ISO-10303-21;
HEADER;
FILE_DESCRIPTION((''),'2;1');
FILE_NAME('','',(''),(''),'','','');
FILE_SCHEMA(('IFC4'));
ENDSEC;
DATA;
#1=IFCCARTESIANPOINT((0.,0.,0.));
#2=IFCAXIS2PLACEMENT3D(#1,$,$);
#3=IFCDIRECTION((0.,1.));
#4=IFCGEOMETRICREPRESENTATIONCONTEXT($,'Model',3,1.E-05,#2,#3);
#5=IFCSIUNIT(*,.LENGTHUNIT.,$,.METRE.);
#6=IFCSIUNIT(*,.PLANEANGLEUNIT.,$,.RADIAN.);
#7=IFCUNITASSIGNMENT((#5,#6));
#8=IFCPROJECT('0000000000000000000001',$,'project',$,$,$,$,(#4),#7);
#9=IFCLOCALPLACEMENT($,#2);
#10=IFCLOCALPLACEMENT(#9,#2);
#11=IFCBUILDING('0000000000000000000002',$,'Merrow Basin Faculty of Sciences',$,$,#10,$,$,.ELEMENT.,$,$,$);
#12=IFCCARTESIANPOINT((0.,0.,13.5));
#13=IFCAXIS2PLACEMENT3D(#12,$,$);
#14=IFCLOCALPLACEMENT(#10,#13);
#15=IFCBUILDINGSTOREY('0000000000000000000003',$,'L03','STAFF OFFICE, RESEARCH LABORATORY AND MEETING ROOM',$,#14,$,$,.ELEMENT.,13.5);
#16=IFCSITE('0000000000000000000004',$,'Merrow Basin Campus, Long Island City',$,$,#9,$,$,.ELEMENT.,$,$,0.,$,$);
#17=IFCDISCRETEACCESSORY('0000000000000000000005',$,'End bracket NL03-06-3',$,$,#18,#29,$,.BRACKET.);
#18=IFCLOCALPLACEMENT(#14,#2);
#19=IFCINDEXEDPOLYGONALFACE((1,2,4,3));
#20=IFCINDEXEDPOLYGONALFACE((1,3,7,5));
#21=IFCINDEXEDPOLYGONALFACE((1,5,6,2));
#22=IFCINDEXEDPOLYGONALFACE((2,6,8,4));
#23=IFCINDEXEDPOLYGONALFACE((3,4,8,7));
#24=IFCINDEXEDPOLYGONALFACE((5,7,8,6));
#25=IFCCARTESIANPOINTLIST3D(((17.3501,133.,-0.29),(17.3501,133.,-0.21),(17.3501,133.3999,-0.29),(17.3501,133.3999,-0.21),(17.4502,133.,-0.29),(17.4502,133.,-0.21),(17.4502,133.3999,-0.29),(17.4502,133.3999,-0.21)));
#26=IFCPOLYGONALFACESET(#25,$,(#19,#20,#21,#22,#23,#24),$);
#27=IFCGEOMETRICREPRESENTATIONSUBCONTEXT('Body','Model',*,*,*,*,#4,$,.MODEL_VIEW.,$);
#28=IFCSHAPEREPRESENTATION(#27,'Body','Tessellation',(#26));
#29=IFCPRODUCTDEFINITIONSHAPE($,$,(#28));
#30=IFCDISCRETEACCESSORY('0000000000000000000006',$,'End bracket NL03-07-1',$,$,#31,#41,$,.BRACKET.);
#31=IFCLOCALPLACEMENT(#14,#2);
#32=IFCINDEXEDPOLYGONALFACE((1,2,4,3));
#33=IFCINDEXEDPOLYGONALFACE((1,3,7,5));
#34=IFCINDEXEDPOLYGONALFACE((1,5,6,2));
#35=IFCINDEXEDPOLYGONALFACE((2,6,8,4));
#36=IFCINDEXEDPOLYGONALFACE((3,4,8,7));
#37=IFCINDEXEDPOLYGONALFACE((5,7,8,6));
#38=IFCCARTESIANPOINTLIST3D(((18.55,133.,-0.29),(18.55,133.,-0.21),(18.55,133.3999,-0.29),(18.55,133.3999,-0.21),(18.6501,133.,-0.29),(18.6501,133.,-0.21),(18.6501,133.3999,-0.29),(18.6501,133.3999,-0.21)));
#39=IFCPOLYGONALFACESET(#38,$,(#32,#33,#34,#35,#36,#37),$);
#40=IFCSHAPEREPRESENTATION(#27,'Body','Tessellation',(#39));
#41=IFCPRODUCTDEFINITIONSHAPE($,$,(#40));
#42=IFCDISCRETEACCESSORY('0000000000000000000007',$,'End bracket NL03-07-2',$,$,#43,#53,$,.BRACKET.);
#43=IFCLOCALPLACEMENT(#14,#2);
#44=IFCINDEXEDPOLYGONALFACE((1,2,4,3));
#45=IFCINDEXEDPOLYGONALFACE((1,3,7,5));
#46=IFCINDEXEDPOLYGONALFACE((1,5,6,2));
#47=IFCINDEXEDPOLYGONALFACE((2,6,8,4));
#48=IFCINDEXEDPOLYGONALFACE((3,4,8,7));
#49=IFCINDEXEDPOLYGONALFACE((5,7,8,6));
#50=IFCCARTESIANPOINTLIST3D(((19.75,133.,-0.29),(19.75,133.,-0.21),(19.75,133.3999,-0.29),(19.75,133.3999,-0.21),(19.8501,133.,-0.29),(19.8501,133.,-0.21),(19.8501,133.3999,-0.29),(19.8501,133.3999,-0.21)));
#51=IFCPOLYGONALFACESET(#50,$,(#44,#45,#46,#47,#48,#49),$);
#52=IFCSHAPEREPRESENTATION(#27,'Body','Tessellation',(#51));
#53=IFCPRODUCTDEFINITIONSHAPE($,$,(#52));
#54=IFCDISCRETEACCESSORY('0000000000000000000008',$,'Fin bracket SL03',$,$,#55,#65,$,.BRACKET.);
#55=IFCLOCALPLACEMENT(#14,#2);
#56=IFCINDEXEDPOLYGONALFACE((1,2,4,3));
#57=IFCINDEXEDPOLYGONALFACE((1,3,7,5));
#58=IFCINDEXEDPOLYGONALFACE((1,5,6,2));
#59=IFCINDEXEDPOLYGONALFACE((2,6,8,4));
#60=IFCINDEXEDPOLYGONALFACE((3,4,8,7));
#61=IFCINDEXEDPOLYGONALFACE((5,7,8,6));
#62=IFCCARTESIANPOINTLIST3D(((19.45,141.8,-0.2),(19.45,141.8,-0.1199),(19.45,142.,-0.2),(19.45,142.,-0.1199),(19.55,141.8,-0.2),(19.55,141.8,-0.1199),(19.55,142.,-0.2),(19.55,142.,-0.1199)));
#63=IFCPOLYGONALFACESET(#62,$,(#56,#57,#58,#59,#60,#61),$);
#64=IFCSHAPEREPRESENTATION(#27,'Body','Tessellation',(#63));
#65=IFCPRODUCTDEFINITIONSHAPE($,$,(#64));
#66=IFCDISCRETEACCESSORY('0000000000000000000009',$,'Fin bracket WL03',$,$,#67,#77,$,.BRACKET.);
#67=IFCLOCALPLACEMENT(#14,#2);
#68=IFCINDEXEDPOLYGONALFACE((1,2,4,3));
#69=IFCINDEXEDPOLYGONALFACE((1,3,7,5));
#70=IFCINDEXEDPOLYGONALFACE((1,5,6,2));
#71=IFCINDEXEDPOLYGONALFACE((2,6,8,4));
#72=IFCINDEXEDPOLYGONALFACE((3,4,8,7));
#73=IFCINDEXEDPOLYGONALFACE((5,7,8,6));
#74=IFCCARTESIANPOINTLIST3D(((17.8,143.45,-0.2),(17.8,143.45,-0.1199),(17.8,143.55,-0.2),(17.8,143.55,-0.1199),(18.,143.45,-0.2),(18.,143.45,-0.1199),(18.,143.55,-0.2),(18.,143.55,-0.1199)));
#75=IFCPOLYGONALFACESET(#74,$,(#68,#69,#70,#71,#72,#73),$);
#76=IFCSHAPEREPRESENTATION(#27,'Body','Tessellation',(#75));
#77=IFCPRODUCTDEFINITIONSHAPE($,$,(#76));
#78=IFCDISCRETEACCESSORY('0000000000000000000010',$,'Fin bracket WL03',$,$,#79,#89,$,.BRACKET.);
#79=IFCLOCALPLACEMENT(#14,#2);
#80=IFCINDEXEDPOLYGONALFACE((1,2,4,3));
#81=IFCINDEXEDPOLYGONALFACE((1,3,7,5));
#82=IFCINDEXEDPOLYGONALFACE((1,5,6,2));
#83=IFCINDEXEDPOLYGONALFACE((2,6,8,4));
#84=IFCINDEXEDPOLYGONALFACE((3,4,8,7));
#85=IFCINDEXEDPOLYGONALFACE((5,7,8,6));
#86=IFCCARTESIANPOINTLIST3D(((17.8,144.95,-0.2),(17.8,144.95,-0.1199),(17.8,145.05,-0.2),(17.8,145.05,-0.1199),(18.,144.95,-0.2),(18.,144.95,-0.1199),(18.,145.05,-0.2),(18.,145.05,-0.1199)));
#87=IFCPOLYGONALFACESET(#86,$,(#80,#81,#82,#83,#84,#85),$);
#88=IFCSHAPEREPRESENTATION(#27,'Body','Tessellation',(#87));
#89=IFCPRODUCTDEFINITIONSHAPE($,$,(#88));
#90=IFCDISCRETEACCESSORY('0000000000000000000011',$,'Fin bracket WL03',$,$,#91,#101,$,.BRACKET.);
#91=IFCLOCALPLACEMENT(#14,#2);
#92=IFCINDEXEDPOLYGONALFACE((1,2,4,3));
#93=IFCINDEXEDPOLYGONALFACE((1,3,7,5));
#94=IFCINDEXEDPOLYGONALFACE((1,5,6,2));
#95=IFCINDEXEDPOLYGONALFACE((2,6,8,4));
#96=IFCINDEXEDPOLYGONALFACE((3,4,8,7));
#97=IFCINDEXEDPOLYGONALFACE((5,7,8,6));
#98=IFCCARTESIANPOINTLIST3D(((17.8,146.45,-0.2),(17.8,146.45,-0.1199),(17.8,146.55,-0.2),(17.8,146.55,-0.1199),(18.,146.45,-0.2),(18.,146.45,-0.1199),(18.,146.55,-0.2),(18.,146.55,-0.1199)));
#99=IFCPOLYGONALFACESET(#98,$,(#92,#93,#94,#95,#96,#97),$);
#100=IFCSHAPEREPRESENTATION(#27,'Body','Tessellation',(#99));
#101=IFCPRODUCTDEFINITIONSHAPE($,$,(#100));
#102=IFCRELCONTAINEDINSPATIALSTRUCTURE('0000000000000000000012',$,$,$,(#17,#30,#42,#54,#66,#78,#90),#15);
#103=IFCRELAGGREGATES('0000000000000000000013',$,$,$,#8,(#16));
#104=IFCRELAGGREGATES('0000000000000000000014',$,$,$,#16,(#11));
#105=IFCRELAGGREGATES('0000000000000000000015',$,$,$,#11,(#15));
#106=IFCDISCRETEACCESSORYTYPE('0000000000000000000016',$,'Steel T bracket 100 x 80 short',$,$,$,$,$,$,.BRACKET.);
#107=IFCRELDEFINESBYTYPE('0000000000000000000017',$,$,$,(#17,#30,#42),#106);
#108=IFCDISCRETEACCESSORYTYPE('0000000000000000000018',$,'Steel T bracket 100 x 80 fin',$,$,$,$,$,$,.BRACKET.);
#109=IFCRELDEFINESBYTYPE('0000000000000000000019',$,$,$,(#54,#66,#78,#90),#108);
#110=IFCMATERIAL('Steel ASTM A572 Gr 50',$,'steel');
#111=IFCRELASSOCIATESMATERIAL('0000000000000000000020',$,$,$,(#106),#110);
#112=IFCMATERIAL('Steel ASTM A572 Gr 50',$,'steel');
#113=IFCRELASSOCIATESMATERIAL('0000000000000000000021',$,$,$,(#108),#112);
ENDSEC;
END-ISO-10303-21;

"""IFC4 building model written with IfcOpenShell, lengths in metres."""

from ifc_helpers import new_model, si_unit, direction, frame, origin, place, context, subcontext, project, spatial, polyline, outline, extrude, source, transform, mapped, material, type_object, element, save


model = new_model("IFC4")

# Units and contexts
model_context = context("Model", 3, precision=1e-05, world=origin(), true_north=direction((0.0, 1.0)))
body_context = subcontext(model_context, "Body", "Model", "MODEL_VIEW")
ifc_project = project(units=[si_unit("LENGTHUNIT", "METRE"), si_unit("PLANEANGLEUNIT", "RADIAN")], contexts=[model_context])

# Site, building, storey
site_placement = place(None, origin())
site = spatial("IfcSite", under=ifc_project, at=site_placement, Name="Merrow Basin Campus, Long Island City", CompositionType="ELEMENT", RefElevation=0.0)
building_placement = place(site_placement, origin())
building = spatial("IfcBuilding", under=site, at=building_placement, Name="Merrow Basin Faculty of Sciences", CompositionType="ELEMENT")
storey_placement = place(building_placement, frame((0.0, 0.0, 13.5)))
storey = spatial("IfcBuildingStorey", under=building, at=storey_placement, Name="L03", Description="STAFF OFFICE, RESEARCH LABORATORY AND MEETING ROOM", CompositionType="ELEMENT", Elevation=13.5)

# Discrete accessories
ifc_material_1 = material(Name="Steel ASTM A572 Gr 50", Category="steel")
discrete_accessory_type_1 = type_object("IfcDiscreteAccessoryType", Name="Steel T bracket 100 x 80 short", PredefinedType="BRACKET", material=ifc_material_1)
shared_shape_1 = source(origin(), body_context, "Body", "SweptSolid", [
    extrude(outline(polyline([(0.0, 0.0), (0.1001, 0.0), (0.1001, 0.0801), (0.0, 0.0801), (0.0, 0.0)])), origin(), (0.0, 0.0, 1.0), 0.3999),
])
for number, where, z_axis, x_axis, name in (
    (1, (17.3501, 133.3999, -0.29), (0.0, -1.0, 0.0), (1.0, 0.0, 0.0), "End bracket NL03-06-3"),
    (2, (18.55, 133.3999, -0.29), (0.0, -1.0, 0.0), (1.0, 0.0, 0.0), "End bracket NL03-07-1"),
    (3, (19.75, 133.3999, -0.29), (0.0, -1.0, 0.0), (1.0, 0.0, 0.0), "End bracket NL03-07-2"),
):
    element("IfcDiscreteAccessory", number, at=place(storey_placement, frame(where, z_axis=z_axis, x_axis=x_axis)), inside=storey, type_object=discrete_accessory_type_1, Name=name, PredefinedType="BRACKET", context=body_context, shape_type="MappedRepresentation", body=[
        mapped(shared_shape_1, transform((0.0, 0.0, 0.0), scale=1.0)),
    ])
ifc_material_2 = material(Name="Steel ASTM A572 Gr 50", Category="steel")
discrete_accessory_type_2 = type_object("IfcDiscreteAccessoryType", Name="Steel T bracket 100 x 80 fin", PredefinedType="BRACKET", material=ifc_material_2)
shared_shape_2 = source(origin(), body_context, "Body", "SweptSolid", [
    extrude(outline(polyline([(0.0, 0.0), (0.1001, 0.0), (0.1001, 0.0801), (0.0, 0.0801), (0.0, 0.0)])), origin(), (0.0, 0.0, 1.0), 0.2),
])
for number, where, z_axis, x_axis, name in (
    (4, (19.45, 142.0, -0.2), (0.0, -1.0, 0.0), (1.0, 0.0, 0.0), "Fin bracket SL03"),
    (5, (18.0, 143.55, -0.2), (-1.0, 0.0, 0.0), (0.0, -1.0, 0.0), "Fin bracket WL03"),
    (6, (18.0, 145.05, -0.2), (-1.0, 0.0, 0.0), (0.0, -1.0, 0.0), "Fin bracket WL03"),
    (7, (18.0, 146.55, -0.2), (-1.0, 0.0, 0.0), (0.0, -1.0, 0.0), "Fin bracket WL03"),
):
    element("IfcDiscreteAccessory", number, at=place(storey_placement, frame(where, z_axis=z_axis, x_axis=x_axis)), inside=storey, type_object=discrete_accessory_type_2, Name=name, PredefinedType="BRACKET", context=body_context, shape_type="MappedRepresentation", body=[
        mapped(shared_shape_2, transform((0.0, 0.0, 0.0), scale=1.0)),
    ])

save(model, "model.ifc")
